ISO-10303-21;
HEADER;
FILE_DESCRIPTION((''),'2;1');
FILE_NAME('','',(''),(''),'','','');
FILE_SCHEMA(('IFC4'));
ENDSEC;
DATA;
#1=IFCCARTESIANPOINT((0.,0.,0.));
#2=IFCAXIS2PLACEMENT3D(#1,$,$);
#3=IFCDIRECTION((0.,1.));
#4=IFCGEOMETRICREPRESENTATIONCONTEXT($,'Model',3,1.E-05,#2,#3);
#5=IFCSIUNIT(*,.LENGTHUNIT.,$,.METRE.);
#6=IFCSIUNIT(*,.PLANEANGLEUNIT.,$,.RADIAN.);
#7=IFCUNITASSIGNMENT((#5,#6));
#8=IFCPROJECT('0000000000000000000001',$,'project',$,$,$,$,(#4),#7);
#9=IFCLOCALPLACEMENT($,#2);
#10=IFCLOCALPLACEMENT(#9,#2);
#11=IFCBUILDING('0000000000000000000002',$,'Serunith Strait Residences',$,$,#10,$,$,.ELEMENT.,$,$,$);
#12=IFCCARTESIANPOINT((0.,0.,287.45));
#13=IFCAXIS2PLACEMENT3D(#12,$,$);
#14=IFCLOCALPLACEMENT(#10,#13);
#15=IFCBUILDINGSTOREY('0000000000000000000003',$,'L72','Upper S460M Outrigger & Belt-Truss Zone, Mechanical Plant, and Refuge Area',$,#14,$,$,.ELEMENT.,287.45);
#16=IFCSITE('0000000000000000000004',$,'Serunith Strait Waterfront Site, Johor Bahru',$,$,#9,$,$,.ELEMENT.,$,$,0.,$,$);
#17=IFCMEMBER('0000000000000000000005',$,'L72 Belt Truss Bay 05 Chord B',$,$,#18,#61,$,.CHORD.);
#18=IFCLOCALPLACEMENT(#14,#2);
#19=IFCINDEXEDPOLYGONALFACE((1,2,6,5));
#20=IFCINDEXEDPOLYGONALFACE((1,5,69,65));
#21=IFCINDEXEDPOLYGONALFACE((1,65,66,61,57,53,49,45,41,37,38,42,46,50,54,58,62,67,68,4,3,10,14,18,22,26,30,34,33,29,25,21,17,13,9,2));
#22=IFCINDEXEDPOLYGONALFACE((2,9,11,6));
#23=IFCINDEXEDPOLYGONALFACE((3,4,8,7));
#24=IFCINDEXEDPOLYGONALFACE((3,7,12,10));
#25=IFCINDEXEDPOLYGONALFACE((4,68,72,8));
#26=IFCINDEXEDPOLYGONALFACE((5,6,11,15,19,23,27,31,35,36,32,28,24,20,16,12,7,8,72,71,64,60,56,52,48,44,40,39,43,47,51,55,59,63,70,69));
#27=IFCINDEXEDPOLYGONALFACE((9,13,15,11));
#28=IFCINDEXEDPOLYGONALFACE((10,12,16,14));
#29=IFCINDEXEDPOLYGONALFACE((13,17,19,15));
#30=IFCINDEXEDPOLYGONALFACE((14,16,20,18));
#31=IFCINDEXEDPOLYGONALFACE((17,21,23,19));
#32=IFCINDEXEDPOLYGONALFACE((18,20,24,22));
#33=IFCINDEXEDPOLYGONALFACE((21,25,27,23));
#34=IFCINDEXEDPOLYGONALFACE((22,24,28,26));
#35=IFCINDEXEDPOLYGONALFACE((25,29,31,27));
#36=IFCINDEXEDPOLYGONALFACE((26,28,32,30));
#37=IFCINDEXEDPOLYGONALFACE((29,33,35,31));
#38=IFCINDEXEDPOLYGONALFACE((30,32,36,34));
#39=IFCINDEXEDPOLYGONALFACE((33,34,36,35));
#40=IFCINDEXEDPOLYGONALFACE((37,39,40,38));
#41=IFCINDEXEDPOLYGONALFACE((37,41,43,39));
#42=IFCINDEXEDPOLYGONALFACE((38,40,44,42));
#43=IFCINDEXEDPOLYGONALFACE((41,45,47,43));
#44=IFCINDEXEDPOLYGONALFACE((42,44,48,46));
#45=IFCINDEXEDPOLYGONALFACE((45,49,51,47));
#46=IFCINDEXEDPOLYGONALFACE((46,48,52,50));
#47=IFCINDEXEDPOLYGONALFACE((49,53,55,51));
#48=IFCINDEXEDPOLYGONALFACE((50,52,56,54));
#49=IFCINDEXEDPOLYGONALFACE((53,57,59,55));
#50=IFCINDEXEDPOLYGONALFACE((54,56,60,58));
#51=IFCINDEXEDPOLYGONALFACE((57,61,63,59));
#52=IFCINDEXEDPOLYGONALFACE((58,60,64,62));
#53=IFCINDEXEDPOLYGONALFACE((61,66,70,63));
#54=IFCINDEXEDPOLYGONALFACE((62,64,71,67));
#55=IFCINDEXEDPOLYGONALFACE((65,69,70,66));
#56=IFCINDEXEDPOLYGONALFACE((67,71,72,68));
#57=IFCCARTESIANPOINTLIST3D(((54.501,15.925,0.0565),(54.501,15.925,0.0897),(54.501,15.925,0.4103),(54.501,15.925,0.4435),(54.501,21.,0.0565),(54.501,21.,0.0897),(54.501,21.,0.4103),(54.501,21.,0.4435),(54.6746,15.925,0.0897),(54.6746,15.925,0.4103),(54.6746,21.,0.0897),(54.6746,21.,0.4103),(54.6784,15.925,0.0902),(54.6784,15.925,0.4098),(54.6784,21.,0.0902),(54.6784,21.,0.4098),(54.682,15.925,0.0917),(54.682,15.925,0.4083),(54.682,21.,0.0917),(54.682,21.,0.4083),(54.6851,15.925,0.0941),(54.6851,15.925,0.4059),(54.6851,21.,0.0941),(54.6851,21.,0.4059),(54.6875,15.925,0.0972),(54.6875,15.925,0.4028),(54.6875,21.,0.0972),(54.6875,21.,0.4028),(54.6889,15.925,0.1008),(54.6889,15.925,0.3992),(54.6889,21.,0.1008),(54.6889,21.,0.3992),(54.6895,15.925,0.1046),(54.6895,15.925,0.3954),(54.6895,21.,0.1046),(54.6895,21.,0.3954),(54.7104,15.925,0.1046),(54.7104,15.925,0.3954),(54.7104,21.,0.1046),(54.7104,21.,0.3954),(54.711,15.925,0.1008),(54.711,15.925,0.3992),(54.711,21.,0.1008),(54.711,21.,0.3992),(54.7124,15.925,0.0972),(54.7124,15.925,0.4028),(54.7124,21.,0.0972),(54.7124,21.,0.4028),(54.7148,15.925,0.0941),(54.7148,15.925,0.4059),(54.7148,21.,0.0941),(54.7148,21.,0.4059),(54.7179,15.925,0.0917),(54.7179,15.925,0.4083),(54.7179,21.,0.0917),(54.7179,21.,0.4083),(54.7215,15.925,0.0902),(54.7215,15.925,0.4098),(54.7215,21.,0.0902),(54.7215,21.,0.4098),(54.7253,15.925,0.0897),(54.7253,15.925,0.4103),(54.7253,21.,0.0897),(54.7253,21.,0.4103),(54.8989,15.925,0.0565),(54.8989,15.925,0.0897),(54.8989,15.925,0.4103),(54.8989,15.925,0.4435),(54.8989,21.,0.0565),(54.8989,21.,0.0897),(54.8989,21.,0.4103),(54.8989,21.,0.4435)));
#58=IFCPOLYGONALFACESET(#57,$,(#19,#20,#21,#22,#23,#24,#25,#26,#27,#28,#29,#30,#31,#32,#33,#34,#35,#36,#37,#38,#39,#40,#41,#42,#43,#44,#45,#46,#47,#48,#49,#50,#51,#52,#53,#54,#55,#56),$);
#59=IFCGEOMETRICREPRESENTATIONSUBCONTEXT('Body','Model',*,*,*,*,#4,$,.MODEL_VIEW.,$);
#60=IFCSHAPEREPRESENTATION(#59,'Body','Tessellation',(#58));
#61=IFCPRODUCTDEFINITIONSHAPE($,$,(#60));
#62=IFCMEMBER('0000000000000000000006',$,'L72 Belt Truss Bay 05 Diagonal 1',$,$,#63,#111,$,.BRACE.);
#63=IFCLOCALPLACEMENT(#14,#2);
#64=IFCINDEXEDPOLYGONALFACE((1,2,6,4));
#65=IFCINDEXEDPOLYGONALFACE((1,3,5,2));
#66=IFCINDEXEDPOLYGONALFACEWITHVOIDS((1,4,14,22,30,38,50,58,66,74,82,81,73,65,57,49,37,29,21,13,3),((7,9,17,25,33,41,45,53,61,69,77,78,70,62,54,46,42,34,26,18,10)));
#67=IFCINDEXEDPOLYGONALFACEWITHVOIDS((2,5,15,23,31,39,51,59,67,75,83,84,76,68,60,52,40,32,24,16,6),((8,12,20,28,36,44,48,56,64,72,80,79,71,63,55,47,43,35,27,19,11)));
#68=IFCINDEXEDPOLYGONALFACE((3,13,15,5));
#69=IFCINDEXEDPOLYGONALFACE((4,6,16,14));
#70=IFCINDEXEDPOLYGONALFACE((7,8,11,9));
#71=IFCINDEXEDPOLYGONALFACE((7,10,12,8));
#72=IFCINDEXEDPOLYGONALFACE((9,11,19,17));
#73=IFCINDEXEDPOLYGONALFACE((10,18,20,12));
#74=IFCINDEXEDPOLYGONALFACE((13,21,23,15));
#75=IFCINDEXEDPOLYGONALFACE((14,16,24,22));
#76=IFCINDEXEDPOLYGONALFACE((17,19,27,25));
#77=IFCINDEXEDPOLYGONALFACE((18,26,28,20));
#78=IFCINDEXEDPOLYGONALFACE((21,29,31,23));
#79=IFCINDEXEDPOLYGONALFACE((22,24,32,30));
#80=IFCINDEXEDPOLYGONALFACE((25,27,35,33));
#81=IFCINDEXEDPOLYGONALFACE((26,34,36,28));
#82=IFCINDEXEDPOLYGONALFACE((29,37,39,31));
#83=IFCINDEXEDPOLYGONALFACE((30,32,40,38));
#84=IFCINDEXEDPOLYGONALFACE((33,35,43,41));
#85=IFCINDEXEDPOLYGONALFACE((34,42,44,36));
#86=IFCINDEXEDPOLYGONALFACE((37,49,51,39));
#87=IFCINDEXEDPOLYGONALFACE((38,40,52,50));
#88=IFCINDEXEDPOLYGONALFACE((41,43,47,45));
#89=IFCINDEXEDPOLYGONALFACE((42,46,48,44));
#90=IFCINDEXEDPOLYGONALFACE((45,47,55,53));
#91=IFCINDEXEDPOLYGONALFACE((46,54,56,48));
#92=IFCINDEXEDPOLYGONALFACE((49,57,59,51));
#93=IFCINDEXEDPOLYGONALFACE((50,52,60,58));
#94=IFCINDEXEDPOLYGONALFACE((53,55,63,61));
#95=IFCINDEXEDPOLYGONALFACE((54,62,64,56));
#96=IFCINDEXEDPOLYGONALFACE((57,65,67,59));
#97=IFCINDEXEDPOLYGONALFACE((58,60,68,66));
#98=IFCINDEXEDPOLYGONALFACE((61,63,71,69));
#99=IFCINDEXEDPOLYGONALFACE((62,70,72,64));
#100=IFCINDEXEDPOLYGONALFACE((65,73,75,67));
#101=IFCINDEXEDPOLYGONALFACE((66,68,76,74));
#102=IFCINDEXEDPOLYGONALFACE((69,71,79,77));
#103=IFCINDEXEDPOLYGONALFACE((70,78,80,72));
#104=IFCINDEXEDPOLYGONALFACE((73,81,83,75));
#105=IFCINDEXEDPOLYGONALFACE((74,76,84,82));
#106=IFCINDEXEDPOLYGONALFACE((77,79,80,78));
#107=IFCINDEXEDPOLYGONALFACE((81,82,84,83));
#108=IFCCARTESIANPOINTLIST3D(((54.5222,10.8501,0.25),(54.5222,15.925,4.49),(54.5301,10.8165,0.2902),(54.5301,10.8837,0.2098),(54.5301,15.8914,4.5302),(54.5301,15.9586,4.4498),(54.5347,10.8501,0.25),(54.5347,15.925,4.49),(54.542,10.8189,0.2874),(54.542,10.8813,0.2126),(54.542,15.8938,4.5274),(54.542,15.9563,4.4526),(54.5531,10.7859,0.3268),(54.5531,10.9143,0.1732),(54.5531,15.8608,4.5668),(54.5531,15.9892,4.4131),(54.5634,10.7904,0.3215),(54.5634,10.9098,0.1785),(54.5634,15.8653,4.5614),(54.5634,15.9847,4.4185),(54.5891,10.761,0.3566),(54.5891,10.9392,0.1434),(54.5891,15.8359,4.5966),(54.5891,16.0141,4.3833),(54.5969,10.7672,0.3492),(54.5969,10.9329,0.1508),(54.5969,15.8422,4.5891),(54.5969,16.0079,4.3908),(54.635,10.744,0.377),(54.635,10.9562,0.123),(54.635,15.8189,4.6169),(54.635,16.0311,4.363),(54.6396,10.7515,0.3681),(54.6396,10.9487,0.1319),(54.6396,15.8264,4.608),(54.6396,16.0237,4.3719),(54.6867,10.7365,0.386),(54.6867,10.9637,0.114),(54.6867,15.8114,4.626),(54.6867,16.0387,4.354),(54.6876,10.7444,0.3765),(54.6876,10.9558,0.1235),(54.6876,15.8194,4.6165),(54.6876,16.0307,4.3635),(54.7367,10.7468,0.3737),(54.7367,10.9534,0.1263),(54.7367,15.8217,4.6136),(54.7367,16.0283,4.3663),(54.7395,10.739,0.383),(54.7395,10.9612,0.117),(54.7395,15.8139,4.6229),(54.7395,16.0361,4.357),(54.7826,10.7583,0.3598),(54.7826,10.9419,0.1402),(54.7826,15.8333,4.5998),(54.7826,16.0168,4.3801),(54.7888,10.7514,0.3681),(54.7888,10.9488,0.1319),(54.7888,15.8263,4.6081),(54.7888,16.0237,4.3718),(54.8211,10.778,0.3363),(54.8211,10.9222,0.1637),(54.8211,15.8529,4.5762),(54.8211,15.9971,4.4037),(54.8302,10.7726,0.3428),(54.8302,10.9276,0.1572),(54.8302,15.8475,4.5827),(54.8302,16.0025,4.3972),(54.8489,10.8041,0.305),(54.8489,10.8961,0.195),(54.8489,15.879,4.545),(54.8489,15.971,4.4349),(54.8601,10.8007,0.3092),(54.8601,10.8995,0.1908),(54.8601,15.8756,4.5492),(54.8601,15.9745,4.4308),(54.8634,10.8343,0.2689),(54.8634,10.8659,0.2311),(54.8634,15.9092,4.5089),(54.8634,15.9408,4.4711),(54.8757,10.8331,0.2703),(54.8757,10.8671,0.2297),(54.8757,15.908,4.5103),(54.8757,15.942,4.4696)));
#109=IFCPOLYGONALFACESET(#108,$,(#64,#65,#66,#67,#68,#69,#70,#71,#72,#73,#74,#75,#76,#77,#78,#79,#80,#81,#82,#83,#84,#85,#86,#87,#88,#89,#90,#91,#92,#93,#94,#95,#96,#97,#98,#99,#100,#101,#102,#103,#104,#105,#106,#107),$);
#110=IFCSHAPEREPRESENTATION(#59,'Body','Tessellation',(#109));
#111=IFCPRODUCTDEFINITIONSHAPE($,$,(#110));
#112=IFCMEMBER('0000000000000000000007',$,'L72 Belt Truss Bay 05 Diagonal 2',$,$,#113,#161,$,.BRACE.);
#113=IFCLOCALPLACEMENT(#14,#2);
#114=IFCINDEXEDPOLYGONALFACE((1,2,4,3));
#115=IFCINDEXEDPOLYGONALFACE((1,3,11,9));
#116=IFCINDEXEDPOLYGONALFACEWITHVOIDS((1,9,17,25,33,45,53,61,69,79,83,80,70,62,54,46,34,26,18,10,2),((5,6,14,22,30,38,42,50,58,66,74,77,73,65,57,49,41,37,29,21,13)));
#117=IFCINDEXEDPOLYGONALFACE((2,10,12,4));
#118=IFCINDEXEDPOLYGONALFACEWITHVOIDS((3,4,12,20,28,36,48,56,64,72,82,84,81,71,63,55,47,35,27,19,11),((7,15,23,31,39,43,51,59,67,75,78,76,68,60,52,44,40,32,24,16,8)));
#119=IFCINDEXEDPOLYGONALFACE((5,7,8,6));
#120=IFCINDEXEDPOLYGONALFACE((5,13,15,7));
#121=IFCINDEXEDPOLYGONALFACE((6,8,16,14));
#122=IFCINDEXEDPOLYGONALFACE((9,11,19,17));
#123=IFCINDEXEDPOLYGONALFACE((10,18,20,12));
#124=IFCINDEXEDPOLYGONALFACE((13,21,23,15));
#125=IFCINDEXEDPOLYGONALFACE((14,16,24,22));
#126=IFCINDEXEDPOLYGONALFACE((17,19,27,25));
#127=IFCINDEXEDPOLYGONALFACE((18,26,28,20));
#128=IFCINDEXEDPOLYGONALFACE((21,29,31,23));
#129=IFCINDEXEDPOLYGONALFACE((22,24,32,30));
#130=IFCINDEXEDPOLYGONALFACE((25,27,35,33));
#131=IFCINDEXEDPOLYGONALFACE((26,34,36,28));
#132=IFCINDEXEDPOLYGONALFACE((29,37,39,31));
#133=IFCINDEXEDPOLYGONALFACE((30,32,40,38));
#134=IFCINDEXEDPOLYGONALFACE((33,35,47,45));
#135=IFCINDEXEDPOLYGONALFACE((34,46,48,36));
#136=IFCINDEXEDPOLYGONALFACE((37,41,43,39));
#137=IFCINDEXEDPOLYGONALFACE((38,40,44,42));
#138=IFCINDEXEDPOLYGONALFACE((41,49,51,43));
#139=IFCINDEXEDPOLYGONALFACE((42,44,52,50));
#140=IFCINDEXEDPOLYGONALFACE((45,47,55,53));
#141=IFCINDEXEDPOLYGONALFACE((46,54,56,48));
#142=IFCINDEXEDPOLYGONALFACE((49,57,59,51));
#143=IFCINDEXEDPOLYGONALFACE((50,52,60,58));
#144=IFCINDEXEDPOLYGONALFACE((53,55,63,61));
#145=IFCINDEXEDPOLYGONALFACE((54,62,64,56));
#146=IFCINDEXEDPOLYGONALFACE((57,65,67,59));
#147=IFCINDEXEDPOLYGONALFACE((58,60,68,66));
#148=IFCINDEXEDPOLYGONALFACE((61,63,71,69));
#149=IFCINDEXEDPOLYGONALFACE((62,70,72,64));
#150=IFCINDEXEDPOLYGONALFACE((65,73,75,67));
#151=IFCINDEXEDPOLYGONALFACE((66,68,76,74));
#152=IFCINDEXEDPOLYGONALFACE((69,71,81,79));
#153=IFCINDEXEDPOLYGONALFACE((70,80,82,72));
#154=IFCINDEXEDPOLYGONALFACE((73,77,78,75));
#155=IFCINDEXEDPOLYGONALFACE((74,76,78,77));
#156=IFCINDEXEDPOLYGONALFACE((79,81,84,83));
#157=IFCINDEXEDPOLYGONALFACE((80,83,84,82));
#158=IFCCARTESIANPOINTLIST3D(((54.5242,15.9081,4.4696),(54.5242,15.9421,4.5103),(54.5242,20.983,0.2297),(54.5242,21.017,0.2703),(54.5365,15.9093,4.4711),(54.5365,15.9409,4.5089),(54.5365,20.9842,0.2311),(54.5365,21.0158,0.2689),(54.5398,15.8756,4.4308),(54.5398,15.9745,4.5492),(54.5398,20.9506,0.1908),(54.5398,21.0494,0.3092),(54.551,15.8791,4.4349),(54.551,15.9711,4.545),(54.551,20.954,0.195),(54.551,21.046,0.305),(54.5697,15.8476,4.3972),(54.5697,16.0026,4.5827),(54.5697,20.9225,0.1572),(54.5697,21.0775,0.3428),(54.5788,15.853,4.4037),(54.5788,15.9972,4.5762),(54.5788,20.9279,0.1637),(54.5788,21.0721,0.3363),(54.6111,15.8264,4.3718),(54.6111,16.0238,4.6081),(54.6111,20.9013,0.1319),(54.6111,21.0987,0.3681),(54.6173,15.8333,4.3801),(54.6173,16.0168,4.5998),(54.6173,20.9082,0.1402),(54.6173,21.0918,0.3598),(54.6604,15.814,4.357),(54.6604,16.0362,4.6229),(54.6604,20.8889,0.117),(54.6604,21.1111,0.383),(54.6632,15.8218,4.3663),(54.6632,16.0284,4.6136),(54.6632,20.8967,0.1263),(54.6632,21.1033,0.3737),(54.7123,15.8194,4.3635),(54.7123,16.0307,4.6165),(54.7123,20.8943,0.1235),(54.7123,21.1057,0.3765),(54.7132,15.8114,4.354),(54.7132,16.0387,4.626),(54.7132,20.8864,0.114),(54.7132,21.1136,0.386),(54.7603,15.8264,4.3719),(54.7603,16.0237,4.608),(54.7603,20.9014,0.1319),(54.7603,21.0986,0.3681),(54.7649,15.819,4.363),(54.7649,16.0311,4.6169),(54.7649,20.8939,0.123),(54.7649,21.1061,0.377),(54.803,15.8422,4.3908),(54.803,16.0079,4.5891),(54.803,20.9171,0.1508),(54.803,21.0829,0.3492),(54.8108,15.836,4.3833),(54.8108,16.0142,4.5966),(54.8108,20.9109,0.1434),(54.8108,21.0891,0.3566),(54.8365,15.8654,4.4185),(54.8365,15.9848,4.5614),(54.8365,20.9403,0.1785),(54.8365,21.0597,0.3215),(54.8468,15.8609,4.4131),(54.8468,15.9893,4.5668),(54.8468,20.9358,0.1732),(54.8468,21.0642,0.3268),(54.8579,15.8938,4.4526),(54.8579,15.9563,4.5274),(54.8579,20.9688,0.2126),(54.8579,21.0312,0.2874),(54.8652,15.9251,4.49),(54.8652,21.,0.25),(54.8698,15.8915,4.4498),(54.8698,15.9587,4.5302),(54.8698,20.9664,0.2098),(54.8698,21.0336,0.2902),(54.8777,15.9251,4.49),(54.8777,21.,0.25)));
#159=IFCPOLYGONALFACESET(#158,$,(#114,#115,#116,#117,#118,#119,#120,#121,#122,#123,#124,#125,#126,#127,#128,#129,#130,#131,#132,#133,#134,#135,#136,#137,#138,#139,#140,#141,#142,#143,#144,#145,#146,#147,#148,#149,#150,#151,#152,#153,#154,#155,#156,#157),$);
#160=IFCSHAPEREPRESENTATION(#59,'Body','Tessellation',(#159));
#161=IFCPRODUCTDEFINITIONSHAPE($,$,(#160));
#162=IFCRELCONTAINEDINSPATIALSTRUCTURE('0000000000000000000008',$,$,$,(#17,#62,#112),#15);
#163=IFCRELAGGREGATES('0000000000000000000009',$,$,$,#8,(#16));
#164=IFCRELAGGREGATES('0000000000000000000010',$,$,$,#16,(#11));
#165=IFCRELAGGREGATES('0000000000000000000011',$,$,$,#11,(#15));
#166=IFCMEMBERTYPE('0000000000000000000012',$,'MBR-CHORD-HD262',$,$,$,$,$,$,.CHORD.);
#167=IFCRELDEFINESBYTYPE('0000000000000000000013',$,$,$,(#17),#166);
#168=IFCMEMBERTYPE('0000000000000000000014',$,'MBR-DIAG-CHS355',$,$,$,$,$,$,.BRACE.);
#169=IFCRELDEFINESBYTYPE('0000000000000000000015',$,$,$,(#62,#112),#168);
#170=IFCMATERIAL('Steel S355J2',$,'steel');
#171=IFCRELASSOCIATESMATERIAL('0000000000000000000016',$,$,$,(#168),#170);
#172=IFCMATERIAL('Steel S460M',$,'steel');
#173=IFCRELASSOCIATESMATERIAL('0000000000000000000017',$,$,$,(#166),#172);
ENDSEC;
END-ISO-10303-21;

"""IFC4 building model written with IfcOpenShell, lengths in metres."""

from ifc_helpers import new_model, si_unit, direction, frame, origin, origin_2d, place, context, subcontext, project, spatial, hollow_circle, i_section, extrude, source, transform, mapped, material, material_profile, profile_set, type_object, element, save


model = new_model("IFC4")

# Units and contexts
model_context = context("Model", 3, precision=1e-05, world=origin(), true_north=direction((0.0, 1.0)))
body_context = subcontext(model_context, "Body", "Model", "MODEL_VIEW")
ifc_project = project(units=[si_unit("LENGTHUNIT", "METRE"), si_unit("PLANEANGLEUNIT", "RADIAN")], contexts=[model_context])

# Site, building, storey
site_placement = place(None, origin())
site = spatial("IfcSite", under=ifc_project, at=site_placement, Name="Serunith Strait Waterfront Site, Johor Bahru", CompositionType="ELEMENT", RefElevation=0.0)
building_placement = place(site_placement, origin())
building = spatial("IfcBuilding", under=site, at=building_placement, Name="Serunith Strait Residences", CompositionType="ELEMENT")
storey_placement = place(building_placement, frame((0.0, 0.0, 287.45)))
storey = spatial("IfcBuildingStorey", under=building, at=storey_placement, Name="L72", Description="Upper S460M Outrigger & Belt-Truss Zone, Mechanical Plant, and Refuge Area", CompositionType="ELEMENT", Elevation=287.45)

# Shared definitions
ifc_material_1 = material(Name="Steel S355J2", Category="steel")

# Members
ifc_material_2 = material(Name="Steel S460M", Category="steel")
ifc_material_profile_1 = material_profile(ifc_material_1, hollow_circle(Radius=0.1777, WallThickness=0.0125, at=origin_2d()), Name="CHS 355.6x12.5")
ifc_profile_set_1 = profile_set([ifc_material_profile_1], Name="Steel S355J2")
member_type_1 = type_object("IfcMemberType", Name="MBR-DIAG-CHS355", PredefinedType="BRACE", material=ifc_profile_set_1)
ifc_material_profile_2 = material_profile(ifc_material_2, i_section(OverallWidth=0.3979, OverallDepth=0.387, WebThickness=0.021, FlangeThickness=0.0332, FilletRadius=0.0149, at=origin_2d()), Name="HD 400x262")
ifc_profile_set_2 = profile_set([ifc_material_profile_2], Name="Steel S460M")
member_type_2 = type_object("IfcMemberType", Name="MBR-CHORD-HD262", PredefinedType="CHORD", material=ifc_profile_set_2)
shared_shape_1 = source(origin(), body_context, "Body", "SweptSolid", [
    extrude(i_section(OverallWidth=0.3979, OverallDepth=0.387, WebThickness=0.021, FlangeThickness=0.0332, FilletRadius=0.0149, at=origin_2d()), origin(), (0.0, 0.0, 1.0), 5.075),
])
for number, where, z_axis, x_axis, name in (
    (1, (54.7, 15.925, 0.25), (0.0, 1.0, 0.0), (-1.0, 0.0, 0.0), "L72 Belt Truss Bay 05 Chord B"),
):
    element("IfcMember", number, at=place(storey_placement, frame(where, z_axis=z_axis, x_axis=x_axis)), inside=storey, type_object=member_type_2, Name=name, PredefinedType="CHORD", context=body_context, shape_type="MappedRepresentation", body=[
        mapped(shared_shape_1, transform((0.0, 0.0, 0.0), scale=1.0)),
    ])
shared_shape_2 = source(origin(), body_context, "Body", "SweptSolid", [
    extrude(hollow_circle(Radius=0.1777, WallThickness=0.0125, at=origin_2d()), origin(), (0.0, 0.0, 1.0), 6.613),
])
for number, where, z_axis, x_axis, name in (
    (2, (54.7, 10.8501, 0.25), (0.0, 0.767413, 0.641153), (-1.0, 0.0, 0.0), "L72 Belt Truss Bay 05 Diagonal 1"),
    (3, (54.7, 21.0, 0.25), (0.0, -0.767413, 0.641153), (1.0, 0.0, 0.0), "L72 Belt Truss Bay 05 Diagonal 2"),
):
    element("IfcMember", number, at=place(storey_placement, frame(where, z_axis=z_axis, x_axis=x_axis)), inside=storey, type_object=member_type_1, Name=name, PredefinedType="BRACE", context=body_context, shape_type="MappedRepresentation", body=[
        mapped(shared_shape_2, transform((0.0, 0.0, 0.0), scale=1.0)),
    ])

save(model, "model.ifc")
